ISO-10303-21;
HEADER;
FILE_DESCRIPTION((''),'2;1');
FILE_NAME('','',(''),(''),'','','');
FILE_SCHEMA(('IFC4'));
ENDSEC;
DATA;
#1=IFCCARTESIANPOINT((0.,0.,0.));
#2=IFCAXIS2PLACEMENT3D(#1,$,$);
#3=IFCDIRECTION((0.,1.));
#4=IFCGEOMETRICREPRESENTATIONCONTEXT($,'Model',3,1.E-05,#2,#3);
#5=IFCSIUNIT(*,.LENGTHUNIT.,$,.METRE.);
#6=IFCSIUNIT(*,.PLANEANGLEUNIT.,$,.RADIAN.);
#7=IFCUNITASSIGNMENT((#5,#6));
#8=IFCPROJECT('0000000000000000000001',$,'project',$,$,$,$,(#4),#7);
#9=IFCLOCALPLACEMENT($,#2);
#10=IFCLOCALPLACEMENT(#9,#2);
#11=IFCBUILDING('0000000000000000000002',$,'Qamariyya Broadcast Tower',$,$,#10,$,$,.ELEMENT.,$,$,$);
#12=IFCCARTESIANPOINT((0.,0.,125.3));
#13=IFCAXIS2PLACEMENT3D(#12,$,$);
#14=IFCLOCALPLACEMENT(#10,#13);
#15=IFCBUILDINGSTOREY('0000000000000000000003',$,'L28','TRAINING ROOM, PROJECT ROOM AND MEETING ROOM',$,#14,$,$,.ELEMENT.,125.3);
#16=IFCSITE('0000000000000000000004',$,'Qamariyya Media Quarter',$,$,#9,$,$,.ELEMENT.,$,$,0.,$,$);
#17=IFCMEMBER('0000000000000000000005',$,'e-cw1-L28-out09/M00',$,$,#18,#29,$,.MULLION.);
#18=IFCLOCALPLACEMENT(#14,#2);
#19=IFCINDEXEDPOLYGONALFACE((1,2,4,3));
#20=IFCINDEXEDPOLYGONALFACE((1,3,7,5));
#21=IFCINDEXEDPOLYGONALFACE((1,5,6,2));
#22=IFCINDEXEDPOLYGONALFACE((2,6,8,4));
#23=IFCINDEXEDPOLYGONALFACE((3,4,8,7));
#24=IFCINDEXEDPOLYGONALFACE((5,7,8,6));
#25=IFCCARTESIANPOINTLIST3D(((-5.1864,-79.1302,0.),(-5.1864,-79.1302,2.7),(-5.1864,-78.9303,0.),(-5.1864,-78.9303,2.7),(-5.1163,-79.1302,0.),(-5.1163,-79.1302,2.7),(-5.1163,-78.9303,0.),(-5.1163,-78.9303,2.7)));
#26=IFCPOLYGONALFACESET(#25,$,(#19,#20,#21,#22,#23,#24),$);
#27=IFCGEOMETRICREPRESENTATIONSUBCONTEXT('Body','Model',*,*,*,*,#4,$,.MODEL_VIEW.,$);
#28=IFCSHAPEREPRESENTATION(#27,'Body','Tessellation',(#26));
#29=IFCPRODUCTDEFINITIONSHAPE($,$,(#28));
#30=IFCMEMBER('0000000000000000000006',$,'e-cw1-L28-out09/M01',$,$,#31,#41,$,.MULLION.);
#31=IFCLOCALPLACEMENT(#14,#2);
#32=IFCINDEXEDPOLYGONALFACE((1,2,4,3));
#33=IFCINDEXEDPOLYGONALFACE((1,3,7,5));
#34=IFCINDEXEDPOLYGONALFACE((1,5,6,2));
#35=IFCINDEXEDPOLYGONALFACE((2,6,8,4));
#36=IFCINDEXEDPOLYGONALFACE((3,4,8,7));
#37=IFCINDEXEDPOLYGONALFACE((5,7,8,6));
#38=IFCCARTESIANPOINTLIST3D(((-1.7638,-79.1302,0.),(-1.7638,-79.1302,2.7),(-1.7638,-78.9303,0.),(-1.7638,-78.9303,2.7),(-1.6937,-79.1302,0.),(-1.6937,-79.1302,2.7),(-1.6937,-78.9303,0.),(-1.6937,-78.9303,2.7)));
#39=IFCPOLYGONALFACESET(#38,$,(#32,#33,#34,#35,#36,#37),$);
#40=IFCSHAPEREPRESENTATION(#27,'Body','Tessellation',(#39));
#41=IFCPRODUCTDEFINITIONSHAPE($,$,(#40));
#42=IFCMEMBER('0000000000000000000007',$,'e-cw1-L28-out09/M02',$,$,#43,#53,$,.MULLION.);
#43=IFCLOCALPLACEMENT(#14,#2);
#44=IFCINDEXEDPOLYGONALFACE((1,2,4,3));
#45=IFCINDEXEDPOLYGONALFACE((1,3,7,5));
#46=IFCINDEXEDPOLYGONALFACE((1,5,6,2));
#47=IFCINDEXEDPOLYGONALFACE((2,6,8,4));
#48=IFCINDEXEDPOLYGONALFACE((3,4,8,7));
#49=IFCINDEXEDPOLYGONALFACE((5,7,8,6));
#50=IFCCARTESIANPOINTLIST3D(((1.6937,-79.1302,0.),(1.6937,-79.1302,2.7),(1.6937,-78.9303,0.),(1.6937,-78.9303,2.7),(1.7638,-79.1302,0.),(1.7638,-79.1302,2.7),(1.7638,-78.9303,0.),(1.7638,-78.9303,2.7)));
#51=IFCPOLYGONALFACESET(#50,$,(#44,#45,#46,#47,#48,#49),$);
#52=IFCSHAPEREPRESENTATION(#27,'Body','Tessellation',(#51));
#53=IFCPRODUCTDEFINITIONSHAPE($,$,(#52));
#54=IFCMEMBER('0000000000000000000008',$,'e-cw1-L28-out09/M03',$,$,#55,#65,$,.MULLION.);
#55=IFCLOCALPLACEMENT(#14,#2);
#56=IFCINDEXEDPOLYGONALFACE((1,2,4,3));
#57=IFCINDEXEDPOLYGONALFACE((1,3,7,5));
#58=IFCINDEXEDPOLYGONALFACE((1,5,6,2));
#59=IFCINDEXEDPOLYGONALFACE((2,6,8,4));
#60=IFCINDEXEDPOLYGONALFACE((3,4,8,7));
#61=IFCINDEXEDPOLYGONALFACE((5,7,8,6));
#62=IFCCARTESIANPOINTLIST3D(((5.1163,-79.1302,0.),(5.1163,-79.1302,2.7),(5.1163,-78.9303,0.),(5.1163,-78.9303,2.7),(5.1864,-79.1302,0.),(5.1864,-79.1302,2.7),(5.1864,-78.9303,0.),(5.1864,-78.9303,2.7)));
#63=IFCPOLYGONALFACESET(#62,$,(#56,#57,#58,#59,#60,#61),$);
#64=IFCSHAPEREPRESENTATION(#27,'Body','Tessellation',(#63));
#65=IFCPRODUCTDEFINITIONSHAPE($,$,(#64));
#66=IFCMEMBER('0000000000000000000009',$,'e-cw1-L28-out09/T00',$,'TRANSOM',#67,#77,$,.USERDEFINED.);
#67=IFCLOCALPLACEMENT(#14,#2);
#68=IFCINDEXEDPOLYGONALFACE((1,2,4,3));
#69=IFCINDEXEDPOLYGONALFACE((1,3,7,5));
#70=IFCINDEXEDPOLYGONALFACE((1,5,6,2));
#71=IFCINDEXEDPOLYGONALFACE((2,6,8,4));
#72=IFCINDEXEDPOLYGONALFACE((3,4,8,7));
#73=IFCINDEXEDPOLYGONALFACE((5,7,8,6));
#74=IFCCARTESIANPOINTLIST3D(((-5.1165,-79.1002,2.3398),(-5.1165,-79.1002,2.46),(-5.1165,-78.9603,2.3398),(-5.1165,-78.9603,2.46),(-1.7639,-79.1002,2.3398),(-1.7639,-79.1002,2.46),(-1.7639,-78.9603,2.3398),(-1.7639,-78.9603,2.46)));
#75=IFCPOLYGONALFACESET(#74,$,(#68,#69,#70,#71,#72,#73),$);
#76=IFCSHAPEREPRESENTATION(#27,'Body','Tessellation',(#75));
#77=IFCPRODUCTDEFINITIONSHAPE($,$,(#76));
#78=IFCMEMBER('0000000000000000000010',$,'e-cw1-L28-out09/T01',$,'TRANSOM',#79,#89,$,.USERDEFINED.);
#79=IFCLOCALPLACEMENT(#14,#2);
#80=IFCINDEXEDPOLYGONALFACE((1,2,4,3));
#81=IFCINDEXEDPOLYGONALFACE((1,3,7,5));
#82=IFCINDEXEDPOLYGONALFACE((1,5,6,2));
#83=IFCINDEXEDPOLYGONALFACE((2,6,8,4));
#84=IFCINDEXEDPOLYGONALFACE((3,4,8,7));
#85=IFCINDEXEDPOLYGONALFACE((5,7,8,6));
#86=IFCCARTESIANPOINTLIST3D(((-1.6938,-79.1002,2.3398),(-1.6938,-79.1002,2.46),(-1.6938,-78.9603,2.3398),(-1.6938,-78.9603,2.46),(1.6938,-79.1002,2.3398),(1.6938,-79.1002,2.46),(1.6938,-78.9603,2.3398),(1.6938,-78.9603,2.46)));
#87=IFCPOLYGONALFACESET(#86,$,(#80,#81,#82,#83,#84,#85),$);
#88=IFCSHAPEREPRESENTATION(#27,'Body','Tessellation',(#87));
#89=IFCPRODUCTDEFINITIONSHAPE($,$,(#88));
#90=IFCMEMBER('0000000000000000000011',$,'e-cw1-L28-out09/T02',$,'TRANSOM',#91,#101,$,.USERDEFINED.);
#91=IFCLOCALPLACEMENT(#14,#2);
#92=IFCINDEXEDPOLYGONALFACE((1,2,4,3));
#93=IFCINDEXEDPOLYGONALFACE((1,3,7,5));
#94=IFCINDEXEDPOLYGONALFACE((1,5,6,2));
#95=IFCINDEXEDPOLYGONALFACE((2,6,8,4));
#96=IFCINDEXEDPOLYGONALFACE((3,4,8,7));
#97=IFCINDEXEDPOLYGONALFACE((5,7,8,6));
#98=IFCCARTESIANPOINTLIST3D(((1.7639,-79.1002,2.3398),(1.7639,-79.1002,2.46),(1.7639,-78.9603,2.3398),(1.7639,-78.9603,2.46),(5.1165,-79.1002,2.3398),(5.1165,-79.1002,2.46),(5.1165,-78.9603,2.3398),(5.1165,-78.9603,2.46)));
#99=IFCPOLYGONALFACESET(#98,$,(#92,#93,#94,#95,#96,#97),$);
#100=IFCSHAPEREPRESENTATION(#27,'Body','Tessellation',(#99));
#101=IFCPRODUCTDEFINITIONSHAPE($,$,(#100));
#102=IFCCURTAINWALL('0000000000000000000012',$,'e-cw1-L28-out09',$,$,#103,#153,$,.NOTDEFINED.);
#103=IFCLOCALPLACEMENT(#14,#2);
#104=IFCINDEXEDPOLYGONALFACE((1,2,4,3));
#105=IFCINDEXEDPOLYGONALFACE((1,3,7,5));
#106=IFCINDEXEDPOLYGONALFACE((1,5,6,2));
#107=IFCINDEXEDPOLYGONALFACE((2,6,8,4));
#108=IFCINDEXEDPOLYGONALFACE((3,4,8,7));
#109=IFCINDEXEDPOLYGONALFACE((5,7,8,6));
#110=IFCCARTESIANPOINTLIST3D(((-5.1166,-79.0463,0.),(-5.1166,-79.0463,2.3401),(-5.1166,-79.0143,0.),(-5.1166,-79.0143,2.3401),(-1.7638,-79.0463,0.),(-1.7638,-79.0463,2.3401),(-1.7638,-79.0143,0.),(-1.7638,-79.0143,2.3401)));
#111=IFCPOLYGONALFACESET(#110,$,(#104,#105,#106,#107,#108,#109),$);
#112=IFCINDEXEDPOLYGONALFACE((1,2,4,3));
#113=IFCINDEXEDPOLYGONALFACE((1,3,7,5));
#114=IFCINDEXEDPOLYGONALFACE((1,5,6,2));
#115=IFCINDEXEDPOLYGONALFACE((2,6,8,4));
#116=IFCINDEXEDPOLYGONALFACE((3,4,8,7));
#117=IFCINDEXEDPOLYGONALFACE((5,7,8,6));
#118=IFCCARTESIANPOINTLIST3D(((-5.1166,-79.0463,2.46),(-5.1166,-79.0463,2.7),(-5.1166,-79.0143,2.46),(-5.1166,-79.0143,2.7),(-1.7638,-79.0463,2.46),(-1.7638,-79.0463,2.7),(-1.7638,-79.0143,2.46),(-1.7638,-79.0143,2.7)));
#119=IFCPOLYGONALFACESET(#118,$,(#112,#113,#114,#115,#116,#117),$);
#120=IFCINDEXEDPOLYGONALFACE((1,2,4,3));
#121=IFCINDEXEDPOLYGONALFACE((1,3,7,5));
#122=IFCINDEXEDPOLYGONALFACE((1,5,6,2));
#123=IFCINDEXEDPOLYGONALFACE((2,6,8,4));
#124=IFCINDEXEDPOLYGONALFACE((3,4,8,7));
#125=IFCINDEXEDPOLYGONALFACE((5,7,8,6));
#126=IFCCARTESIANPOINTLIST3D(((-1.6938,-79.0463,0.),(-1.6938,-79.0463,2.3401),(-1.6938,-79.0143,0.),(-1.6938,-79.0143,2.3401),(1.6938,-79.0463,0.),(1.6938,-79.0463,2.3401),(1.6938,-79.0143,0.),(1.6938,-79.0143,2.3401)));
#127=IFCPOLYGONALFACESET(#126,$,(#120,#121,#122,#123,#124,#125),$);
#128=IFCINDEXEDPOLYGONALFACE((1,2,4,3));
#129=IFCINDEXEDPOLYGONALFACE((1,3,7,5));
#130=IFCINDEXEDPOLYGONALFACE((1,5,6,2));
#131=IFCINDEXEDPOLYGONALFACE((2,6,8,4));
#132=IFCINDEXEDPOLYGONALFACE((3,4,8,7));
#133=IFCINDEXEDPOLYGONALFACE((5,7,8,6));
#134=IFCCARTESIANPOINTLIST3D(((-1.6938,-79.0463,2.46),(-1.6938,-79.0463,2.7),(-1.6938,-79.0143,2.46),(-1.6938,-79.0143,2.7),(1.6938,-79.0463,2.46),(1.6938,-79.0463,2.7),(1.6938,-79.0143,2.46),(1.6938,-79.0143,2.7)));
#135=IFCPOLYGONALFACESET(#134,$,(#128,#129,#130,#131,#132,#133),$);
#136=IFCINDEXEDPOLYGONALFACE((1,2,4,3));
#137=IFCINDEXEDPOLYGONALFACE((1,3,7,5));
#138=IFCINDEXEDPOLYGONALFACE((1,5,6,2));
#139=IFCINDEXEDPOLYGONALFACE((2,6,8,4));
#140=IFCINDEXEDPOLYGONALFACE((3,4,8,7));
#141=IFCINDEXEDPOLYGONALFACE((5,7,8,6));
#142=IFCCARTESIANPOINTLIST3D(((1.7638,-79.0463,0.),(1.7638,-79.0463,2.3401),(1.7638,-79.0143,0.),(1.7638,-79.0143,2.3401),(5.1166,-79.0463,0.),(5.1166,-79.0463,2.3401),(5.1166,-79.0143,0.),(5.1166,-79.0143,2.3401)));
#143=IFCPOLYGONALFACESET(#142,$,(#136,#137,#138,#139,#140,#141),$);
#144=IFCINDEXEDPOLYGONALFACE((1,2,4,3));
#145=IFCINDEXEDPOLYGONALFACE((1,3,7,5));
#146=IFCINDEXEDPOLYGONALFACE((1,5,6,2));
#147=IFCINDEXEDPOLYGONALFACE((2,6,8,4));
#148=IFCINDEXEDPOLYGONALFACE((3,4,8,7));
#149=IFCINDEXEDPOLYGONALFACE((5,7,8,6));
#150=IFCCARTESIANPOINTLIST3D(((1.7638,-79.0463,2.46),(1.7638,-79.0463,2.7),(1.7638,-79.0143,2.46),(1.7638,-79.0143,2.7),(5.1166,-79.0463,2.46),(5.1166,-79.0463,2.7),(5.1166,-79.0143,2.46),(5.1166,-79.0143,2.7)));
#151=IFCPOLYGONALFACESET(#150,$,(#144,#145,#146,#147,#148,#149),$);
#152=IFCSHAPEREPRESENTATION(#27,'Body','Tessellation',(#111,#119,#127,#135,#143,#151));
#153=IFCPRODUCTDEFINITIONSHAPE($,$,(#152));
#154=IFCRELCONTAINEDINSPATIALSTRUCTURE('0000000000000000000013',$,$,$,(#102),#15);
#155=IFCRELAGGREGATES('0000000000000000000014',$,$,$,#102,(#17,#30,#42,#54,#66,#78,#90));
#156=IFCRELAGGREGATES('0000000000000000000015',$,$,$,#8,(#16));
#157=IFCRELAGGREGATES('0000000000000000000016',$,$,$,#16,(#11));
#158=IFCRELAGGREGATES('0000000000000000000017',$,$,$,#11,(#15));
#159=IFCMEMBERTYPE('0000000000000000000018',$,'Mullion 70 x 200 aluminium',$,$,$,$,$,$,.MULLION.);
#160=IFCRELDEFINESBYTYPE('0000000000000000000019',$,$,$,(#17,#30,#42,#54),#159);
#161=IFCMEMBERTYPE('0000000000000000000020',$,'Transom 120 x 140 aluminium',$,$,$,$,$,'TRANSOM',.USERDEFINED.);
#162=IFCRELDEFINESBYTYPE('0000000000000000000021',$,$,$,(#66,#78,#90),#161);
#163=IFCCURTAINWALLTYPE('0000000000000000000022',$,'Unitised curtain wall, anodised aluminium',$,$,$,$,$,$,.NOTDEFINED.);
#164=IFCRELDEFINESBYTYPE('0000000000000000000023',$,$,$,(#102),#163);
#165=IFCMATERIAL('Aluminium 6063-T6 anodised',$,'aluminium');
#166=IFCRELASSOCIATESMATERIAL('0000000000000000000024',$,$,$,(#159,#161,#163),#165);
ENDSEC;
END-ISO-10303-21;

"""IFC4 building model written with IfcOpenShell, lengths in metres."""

from ifc_helpers import new_model, si_unit, direction, frame, origin, origin_2d, place, context, subcontext, project, spatial, rectangle, extrude, material, material_profile, profile_set, type_object, element, aggregate, save


model = new_model("IFC4")

# Units and contexts
model_context = context("Model", 3, precision=1e-05, world=origin(), true_north=direction((0.0, 1.0)))
body_context = subcontext(model_context, "Body", "Model", "MODEL_VIEW")
ifc_project = project(units=[si_unit("LENGTHUNIT", "METRE"), si_unit("PLANEANGLEUNIT", "RADIAN")], contexts=[model_context])

# Members
ifc_material = material(Name="Aluminium 6063-T6 anodised", Category="aluminium")
ifc_material_profile_1 = material_profile(ifc_material, rectangle(XDim=0.2, YDim=0.0701, at=origin_2d()))
ifc_profile_set_1 = profile_set([ifc_material_profile_1], Name="Aluminium 6063-T6 anodised")
member_type_1 = type_object("IfcMemberType", Name="Mullion 70 x 200 aluminium", PredefinedType="MULLION", material=ifc_profile_set_1)
site_placement = place(None, origin())
building_placement = place(site_placement, origin())
storey_placement = place(building_placement, frame((0.0, 0.0, 125.3)))
member_1_placement = place(storey_placement, frame((-5.1514, -79.0303, 0.0), z_axis=(0.0, 0.0, 1.0), x_axis=(0.0, 1.0, 0.0)))
member_1 = element("IfcMember", 1, at=member_1_placement, type_object=member_type_1, Name="e-cw1-L28-out09/M00", PredefinedType="MULLION", context=body_context, shape_type="SweptSolid", body=[
    extrude(rectangle(XDim=0.2, YDim=0.0701, at=origin_2d()), origin(), (0.0, 0.0, 1.0), 2.7),
])
member_2_placement = place(storey_placement, frame((-1.7288, -79.0303, 0.0), z_axis=(0.0, 0.0, 1.0), x_axis=(0.0, 1.0, 0.0)))
member_2 = element("IfcMember", 2, at=member_2_placement, type_object=member_type_1, Name="e-cw1-L28-out09/M01", PredefinedType="MULLION", context=body_context, shape_type="SweptSolid", body=[
    extrude(rectangle(XDim=0.2, YDim=0.0701, at=origin_2d()), origin(), (0.0, 0.0, 1.0), 2.7),
])
member_3_placement = place(storey_placement, frame((1.7288, -79.0303, 0.0), z_axis=(0.0, 0.0, 1.0), x_axis=(0.0, 1.0, 0.0)))
member_3 = element("IfcMember", 3, at=member_3_placement, type_object=member_type_1, Name="e-cw1-L28-out09/M02", PredefinedType="MULLION", context=body_context, shape_type="SweptSolid", body=[
    extrude(rectangle(XDim=0.2, YDim=0.0701, at=origin_2d()), origin(), (0.0, 0.0, 1.0), 2.7),
])
member_4_placement = place(storey_placement, frame((5.1514, -79.0303, 0.0), z_axis=(0.0, 0.0, 1.0), x_axis=(0.0, 1.0, 0.0)))
member_4 = element("IfcMember", 4, at=member_4_placement, type_object=member_type_1, Name="e-cw1-L28-out09/M03", PredefinedType="MULLION", context=body_context, shape_type="SweptSolid", body=[
    extrude(rectangle(XDim=0.2, YDim=0.0701, at=origin_2d()), origin(), (0.0, 0.0, 1.0), 2.7),
])
ifc_material_profile_2 = material_profile(ifc_material, rectangle(XDim=0.1399, YDim=0.1201, at=origin_2d()))
ifc_profile_set_2 = profile_set([ifc_material_profile_2], Name="Aluminium 6063-T6 anodised")
member_type_2 = type_object("IfcMemberType", Name="Transom 120 x 140 aluminium", ElementType="TRANSOM", PredefinedType="USERDEFINED", material=ifc_profile_set_2)
member_5_placement = place(storey_placement, frame((-5.1165, -79.0303, 2.3999), z_axis=(1.0, 0.0, 0.0), x_axis=(0.0, 1.0, 0.0)))
member_5 = element("IfcMember", 5, at=member_5_placement, type_object=member_type_2, Name="e-cw1-L28-out09/T00", ObjectType="TRANSOM", PredefinedType="USERDEFINED", context=body_context, shape_type="SweptSolid", body=[
    extrude(rectangle(XDim=0.1399, YDim=0.1201, at=origin_2d()), origin(), (0.0, 0.0, 1.0), 3.3525),
])
member_6_placement = place(storey_placement, frame((-1.6938, -79.0303, 2.3999), z_axis=(1.0, 0.0, 0.0), x_axis=(0.0, 1.0, 0.0)))
member_6 = element("IfcMember", 6, at=member_6_placement, type_object=member_type_2, Name="e-cw1-L28-out09/T01", ObjectType="TRANSOM", PredefinedType="USERDEFINED", context=body_context, shape_type="SweptSolid", body=[
    extrude(rectangle(XDim=0.1399, YDim=0.1201, at=origin_2d()), origin(), (0.0, 0.0, 1.0), 3.3877),
])
member_7_placement = place(storey_placement, frame((1.7639, -79.0303, 2.3999), z_axis=(1.0, 0.0, 0.0), x_axis=(0.0, 1.0, 0.0)))
member_7 = element("IfcMember", 7, at=member_7_placement, type_object=member_type_2, Name="e-cw1-L28-out09/T02", ObjectType="TRANSOM", PredefinedType="USERDEFINED", context=body_context, shape_type="SweptSolid", body=[
    extrude(rectangle(XDim=0.1399, YDim=0.1201, at=origin_2d()), origin(), (0.0, 0.0, 1.0), 3.3525),
])

# Site, building, storey
site = spatial("IfcSite", under=ifc_project, at=site_placement, Name="Qamariyya Media Quarter", CompositionType="ELEMENT", RefElevation=0.0)
building = spatial("IfcBuilding", under=site, at=building_placement, Name="Qamariyya Broadcast Tower", CompositionType="ELEMENT")
storey = spatial("IfcBuildingStorey", under=building, at=storey_placement, Name="L28", Description="TRAINING ROOM, PROJECT ROOM AND MEETING ROOM", CompositionType="ELEMENT", Elevation=125.3)

# Curtain wall
curtain_wall_type = type_object("IfcCurtainWallType", Name="Unitised curtain wall, anodised aluminium", PredefinedType="NOTDEFINED", material=ifc_material)
curtain_wall_1_placement = place(storey_placement, origin())
curtain_wall_1 = element("IfcCurtainWall", 8, at=curtain_wall_1_placement, inside=storey, type_object=curtain_wall_type, Name="e-cw1-L28-out09", PredefinedType="NOTDEFINED", context=body_context, shape_type="SweptSolid", body=[
    extrude(rectangle(XDim=3.3528, YDim=0.032, at=origin_2d()), frame((-3.4402, -79.0303, 0.0), x_axis=(1.0, 0.0, 0.0)), (0.0, 0.0, 1.0), 2.3401),
    extrude(rectangle(XDim=3.3528, YDim=0.032, at=origin_2d()), frame((-3.4402, -79.0303, 2.46), x_axis=(1.0, 0.0, 0.0)), (0.0, 0.0, 1.0), 0.24),
    extrude(rectangle(XDim=3.3877, YDim=0.032, at=origin_2d()), frame((0.0, -79.0303, 0.0), x_axis=(1.0, 0.0, 0.0)), (0.0, 0.0, 1.0), 2.3401),
    extrude(rectangle(XDim=3.3877, YDim=0.032, at=origin_2d()), frame((0.0, -79.0303, 2.46), x_axis=(1.0, 0.0, 0.0)), (0.0, 0.0, 1.0), 0.24),
    extrude(rectangle(XDim=3.3528, YDim=0.032, at=origin_2d()), frame((3.4402, -79.0303, 0.0), x_axis=(1.0, 0.0, 0.0)), (0.0, 0.0, 1.0), 2.3401),
    extrude(rectangle(XDim=3.3528, YDim=0.032, at=origin_2d()), frame((3.4402, -79.0303, 2.46), x_axis=(1.0, 0.0, 0.0)), (0.0, 0.0, 1.0), 0.24),
])
aggregate(curtain_wall_1, [member_1, member_2, member_3, member_4, member_5, member_6, member_7])

save(model, "model.ifc")
